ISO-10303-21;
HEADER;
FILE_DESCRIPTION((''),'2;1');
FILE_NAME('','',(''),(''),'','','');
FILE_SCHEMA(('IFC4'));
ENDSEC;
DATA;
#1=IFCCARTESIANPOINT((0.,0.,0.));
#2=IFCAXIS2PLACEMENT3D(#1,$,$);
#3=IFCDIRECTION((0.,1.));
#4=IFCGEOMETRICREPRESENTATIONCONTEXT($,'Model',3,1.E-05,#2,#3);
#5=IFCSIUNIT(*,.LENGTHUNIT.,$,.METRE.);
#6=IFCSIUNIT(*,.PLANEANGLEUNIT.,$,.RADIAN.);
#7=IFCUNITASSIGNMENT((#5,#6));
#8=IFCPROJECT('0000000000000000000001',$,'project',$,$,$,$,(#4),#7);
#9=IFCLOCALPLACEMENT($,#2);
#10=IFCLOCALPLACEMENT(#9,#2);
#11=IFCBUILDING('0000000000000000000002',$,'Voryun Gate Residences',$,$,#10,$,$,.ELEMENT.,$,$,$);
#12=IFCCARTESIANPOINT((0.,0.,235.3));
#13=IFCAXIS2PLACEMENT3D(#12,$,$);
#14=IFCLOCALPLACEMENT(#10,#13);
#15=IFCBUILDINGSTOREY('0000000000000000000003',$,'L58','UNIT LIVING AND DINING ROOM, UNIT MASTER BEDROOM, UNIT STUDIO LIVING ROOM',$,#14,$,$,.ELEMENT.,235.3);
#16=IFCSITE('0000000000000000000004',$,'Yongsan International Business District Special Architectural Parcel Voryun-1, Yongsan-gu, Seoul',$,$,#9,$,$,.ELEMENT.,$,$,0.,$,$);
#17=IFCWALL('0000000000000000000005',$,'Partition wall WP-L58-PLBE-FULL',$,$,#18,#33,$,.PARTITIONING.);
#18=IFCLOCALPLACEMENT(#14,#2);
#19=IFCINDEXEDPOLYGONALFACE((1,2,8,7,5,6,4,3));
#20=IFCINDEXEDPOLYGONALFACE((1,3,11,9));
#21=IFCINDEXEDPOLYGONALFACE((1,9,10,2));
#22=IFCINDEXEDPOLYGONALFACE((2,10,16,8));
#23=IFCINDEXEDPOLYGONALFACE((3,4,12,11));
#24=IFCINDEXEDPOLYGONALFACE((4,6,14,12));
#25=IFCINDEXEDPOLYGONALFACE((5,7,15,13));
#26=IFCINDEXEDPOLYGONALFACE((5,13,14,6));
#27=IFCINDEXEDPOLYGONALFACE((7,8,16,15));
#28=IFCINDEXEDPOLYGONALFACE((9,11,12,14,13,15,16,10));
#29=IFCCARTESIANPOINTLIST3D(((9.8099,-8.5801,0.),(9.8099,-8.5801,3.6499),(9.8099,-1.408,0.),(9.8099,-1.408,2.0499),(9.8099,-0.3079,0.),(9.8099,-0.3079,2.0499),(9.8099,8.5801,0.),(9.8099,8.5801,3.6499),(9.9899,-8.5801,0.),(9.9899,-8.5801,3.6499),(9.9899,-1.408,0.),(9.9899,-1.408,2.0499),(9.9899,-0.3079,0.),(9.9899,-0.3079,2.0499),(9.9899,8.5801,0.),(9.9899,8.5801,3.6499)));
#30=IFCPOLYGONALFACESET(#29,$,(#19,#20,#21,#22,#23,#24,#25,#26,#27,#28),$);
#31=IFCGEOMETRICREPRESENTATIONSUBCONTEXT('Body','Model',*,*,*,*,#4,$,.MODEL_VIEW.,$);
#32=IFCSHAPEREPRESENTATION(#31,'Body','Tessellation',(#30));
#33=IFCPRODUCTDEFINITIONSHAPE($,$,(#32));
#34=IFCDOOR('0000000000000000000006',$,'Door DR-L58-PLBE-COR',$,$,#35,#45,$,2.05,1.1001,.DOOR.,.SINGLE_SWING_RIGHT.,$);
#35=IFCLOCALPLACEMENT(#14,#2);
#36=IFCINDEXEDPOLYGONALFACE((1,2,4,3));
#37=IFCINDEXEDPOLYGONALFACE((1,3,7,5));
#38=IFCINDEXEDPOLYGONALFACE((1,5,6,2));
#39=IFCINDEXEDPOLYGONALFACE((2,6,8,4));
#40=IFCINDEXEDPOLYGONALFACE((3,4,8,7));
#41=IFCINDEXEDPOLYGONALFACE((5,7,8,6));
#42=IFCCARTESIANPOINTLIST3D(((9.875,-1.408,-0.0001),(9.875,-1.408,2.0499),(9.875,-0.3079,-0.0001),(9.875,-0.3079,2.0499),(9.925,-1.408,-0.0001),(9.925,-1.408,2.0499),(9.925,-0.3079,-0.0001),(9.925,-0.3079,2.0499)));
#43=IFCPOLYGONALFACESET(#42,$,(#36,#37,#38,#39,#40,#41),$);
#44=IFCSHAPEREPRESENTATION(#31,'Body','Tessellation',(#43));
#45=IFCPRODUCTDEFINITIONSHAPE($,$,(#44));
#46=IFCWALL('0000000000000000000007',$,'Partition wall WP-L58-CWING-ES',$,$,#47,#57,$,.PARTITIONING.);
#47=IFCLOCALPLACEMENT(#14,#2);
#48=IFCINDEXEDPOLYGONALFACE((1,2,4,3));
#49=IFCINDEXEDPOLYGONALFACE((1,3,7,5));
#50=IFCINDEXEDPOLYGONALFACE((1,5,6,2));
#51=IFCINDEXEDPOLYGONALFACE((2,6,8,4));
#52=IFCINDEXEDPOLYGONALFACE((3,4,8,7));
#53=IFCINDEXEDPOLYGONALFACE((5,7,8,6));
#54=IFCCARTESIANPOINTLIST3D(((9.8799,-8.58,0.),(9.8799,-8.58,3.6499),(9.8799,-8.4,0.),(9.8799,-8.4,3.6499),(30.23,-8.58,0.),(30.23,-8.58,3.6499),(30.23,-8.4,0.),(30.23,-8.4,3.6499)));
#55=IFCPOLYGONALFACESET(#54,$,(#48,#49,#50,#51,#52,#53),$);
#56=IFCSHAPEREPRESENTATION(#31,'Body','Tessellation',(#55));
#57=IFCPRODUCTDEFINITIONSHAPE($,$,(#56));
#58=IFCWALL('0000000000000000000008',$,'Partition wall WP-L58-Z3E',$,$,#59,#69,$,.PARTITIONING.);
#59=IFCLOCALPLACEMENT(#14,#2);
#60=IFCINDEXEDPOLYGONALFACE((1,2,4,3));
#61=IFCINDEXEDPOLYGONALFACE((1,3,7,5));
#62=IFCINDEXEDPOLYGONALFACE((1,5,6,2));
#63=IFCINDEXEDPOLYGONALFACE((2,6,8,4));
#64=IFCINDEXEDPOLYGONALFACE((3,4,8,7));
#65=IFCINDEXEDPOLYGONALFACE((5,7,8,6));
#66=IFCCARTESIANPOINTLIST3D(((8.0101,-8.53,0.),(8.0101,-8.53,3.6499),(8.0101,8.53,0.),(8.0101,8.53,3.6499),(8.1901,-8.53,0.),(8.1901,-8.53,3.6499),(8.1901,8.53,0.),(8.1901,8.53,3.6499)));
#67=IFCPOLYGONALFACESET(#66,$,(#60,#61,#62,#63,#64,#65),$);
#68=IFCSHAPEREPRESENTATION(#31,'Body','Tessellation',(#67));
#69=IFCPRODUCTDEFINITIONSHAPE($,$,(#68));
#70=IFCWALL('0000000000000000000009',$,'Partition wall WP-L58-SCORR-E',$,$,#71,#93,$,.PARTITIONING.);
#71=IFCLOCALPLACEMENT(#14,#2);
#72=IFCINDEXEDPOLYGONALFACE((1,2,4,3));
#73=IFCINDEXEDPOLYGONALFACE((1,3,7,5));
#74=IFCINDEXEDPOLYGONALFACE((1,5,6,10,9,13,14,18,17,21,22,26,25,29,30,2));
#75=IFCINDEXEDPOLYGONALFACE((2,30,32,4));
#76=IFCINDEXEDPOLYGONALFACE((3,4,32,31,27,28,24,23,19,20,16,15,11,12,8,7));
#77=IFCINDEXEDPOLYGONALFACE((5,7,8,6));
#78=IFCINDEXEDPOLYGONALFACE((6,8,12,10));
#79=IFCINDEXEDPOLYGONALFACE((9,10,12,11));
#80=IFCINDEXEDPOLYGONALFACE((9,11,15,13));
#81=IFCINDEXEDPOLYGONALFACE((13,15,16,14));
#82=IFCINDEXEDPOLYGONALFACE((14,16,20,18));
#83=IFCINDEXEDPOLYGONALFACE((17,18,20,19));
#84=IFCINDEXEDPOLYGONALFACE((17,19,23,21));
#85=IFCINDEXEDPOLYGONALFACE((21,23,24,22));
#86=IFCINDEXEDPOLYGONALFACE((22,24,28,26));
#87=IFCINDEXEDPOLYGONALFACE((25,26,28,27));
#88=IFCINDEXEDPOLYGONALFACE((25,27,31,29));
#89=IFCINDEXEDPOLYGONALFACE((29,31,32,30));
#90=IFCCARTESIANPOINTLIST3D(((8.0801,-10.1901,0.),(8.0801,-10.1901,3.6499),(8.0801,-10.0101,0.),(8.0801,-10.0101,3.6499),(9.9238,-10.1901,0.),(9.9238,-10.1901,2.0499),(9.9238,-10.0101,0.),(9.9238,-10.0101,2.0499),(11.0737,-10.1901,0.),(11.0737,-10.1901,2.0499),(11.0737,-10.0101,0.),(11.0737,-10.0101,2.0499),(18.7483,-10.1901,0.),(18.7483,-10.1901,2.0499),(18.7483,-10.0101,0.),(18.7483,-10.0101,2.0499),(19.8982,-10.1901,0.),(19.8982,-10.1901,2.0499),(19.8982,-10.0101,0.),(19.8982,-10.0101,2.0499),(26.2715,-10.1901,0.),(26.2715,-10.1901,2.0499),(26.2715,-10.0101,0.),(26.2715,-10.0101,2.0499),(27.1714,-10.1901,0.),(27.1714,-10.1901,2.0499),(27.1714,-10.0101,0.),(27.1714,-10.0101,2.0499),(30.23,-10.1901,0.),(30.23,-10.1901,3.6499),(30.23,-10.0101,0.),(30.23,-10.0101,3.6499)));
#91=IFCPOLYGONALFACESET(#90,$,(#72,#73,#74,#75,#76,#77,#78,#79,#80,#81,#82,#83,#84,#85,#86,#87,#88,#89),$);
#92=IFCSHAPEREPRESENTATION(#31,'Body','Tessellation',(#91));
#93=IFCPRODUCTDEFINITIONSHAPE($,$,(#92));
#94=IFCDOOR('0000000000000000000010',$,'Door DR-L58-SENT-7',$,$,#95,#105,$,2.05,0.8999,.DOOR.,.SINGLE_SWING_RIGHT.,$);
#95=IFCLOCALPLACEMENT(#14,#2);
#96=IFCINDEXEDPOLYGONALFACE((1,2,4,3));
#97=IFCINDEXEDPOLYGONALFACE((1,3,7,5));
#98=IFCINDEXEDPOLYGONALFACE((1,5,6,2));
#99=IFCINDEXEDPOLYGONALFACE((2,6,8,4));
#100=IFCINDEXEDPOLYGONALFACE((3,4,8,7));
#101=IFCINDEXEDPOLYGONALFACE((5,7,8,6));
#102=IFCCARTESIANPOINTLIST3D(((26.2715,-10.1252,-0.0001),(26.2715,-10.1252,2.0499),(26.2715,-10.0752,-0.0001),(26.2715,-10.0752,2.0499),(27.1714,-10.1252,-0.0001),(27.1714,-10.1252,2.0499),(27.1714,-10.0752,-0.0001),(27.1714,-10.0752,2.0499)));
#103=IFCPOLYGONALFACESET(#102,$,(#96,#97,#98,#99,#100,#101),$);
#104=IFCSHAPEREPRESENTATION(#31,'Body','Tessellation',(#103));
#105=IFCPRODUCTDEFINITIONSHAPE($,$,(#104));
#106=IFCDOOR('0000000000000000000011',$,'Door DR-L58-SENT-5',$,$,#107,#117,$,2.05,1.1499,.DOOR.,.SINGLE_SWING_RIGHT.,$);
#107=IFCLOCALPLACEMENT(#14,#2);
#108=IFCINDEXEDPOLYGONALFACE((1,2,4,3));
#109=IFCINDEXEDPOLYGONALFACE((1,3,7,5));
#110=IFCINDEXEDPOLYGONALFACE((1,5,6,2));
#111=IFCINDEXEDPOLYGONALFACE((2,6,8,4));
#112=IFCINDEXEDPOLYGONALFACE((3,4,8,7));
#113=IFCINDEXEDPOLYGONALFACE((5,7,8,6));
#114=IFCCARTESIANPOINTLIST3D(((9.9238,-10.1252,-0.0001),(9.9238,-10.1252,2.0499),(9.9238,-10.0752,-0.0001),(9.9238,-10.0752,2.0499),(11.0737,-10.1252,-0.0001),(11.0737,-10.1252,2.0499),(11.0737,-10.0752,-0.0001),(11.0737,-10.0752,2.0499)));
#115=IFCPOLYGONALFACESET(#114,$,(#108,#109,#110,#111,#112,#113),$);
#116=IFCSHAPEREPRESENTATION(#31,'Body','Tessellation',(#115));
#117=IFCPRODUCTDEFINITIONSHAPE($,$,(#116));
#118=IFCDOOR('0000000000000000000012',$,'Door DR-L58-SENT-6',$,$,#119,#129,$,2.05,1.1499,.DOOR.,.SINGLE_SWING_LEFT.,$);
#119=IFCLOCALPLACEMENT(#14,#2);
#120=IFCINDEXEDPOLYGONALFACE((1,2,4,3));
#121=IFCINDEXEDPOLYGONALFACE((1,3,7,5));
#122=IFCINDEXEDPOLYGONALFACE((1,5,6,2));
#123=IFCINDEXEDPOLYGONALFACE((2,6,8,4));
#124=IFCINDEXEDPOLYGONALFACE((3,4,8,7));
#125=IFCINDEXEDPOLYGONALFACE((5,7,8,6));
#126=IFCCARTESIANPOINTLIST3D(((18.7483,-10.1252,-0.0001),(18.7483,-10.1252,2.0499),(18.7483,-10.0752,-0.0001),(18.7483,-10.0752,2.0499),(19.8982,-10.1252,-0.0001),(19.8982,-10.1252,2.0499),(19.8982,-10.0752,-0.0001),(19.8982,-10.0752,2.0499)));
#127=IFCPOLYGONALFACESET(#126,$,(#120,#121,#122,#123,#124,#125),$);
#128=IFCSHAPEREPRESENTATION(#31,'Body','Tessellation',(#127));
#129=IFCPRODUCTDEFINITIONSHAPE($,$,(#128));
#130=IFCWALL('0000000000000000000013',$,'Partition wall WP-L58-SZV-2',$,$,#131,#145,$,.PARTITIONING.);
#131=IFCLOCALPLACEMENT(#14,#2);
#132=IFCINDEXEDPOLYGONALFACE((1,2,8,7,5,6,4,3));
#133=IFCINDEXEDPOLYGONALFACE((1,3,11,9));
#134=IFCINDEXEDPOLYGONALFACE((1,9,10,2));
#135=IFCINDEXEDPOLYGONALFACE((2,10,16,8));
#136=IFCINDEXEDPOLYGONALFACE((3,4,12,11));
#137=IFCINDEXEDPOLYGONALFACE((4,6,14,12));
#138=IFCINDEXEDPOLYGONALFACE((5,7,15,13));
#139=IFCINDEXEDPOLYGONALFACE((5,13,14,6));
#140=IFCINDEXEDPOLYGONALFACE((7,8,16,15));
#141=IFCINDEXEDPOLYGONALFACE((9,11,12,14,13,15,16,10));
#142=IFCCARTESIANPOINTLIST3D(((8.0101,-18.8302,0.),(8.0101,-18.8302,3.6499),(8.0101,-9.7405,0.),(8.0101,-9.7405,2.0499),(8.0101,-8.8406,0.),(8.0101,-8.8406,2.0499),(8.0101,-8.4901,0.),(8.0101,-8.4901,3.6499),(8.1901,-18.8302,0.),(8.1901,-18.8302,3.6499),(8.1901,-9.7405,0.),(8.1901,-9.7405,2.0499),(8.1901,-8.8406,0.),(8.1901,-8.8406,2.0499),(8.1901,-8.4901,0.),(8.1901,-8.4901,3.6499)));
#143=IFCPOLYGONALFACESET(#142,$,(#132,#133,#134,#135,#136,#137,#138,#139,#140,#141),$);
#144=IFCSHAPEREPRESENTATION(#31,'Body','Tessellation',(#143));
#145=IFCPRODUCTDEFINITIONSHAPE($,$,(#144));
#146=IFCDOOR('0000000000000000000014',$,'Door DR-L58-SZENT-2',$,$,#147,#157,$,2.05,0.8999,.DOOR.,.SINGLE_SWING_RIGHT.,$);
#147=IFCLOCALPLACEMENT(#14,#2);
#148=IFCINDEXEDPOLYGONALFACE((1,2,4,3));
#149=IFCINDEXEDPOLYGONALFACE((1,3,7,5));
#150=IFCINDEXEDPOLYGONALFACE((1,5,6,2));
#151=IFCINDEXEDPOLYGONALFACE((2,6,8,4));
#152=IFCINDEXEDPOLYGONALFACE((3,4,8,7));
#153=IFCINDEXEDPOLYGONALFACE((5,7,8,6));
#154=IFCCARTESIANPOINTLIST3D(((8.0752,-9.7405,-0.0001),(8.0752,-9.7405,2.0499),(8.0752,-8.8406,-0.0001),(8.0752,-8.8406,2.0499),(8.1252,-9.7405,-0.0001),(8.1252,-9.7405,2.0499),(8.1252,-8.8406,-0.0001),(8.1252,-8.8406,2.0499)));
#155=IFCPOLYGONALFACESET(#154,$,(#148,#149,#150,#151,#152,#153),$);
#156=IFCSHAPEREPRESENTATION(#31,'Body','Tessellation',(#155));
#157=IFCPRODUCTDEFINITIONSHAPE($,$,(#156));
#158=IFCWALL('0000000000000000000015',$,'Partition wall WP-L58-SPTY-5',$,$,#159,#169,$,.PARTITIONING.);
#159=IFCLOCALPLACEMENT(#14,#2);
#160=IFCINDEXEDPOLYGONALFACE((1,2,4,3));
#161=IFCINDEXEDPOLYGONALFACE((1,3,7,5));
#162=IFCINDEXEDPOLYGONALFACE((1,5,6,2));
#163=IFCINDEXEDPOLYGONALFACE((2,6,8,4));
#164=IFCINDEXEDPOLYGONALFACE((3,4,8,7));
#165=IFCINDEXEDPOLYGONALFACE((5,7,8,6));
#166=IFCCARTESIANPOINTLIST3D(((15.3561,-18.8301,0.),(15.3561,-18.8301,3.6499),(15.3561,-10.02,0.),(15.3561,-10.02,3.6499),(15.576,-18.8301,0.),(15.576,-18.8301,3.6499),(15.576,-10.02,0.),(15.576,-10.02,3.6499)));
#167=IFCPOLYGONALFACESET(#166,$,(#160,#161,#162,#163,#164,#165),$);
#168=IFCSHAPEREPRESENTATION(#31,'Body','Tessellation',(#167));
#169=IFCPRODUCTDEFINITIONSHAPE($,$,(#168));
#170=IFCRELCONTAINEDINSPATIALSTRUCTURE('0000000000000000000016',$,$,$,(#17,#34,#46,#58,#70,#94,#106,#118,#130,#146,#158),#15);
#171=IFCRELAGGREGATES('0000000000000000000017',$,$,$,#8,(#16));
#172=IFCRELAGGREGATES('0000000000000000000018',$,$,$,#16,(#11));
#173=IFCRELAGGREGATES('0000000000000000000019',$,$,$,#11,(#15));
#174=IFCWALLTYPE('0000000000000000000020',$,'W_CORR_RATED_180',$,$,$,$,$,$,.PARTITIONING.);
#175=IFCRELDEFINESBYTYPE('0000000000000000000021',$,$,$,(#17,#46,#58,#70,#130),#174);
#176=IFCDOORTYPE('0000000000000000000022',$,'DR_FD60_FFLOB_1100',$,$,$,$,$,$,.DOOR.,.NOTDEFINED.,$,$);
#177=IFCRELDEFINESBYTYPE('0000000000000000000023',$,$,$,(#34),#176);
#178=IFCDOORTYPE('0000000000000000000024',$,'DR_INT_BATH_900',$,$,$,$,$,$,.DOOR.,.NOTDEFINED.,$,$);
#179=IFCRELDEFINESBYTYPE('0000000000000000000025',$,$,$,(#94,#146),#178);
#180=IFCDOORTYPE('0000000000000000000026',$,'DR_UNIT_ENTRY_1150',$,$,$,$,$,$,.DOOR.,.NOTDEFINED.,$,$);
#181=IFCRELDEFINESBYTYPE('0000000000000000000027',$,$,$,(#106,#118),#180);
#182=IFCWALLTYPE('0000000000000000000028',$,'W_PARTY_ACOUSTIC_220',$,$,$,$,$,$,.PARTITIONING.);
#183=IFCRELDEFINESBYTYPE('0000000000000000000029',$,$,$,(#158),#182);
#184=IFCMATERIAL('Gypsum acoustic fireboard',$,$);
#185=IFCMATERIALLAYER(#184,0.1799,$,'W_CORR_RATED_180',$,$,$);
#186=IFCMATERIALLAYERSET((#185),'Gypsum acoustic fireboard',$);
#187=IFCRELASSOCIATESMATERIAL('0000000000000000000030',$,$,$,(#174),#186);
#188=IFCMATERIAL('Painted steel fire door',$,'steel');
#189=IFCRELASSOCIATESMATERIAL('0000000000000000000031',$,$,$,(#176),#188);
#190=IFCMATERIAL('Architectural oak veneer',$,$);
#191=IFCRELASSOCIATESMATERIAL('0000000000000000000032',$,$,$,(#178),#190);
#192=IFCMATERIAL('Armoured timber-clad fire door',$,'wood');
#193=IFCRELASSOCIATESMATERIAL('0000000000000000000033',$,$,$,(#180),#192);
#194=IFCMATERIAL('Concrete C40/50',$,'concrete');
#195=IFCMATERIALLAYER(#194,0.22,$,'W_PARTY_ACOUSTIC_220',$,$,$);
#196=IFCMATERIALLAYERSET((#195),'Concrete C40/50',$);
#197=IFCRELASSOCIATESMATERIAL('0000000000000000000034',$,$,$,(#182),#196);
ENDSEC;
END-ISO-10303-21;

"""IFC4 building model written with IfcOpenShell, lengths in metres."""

from ifc_helpers import new_model, si_unit, direction, frame, frame_2d, origin, place, context, subcontext, project, spatial, rectangle, extrude, material, layer, layer_set, type_object, element, fill, save


model = new_model("IFC4")

# Units and contexts
model_context = context("Model", 3, precision=1e-05, world=origin(), true_north=direction((0.0, 1.0)))
body_context = subcontext(model_context, "Body", "Model", "MODEL_VIEW")
ifc_project = project(units=[si_unit("LENGTHUNIT", "METRE"), si_unit("PLANEANGLEUNIT", "RADIAN")], contexts=[model_context])

# Site, building, storey
site_placement = place(None, origin())
site = spatial("IfcSite", under=ifc_project, at=site_placement, Name="Yongsan International Business District Special Architectural Parcel Voryun-1, Yongsan-gu, Seoul", CompositionType="ELEMENT", RefElevation=0.0)
building_placement = place(site_placement, origin())
building = spatial("IfcBuilding", under=site, at=building_placement, Name="Voryun Gate Residences", CompositionType="ELEMENT")
storey_placement = place(building_placement, frame((0.0, 0.0, 235.3)))
storey = spatial("IfcBuildingStorey", under=building, at=storey_placement, Name="L58", Description="UNIT LIVING AND DINING ROOM, UNIT MASTER BEDROOM, UNIT STUDIO LIVING ROOM", CompositionType="ELEMENT", Elevation=235.3)

# Wall, opening, door
ifc_material_1 = material(Name="Gypsum acoustic fireboard")
ifc_layer_1 = layer(ifc_material_1, 0.1799, Name="W_CORR_RATED_180")
ifc_layer_set_1 = layer_set([ifc_layer_1], Name="Gypsum acoustic fireboard")
wall_type_1 = type_object("IfcWallType", Name="W_CORR_RATED_180", PredefinedType="PARTITIONING", material=ifc_layer_set_1)
wall_1_placement = place(storey_placement, frame((9.8999, -8.5801, 0.0), z_axis=(0.0, 0.0, 1.0), x_axis=(0.0, 1.0, 0.0)))
wall_1 = element("IfcWall", 1, at=wall_1_placement, inside=storey, type_object=wall_type_1, Name="Partition wall WP-L58-PLBE-FULL", PredefinedType="PARTITIONING", context=body_context, shape_type="SweptSolid", body=[
    extrude(rectangle(XDim=17.1602, YDim=0.1799, at=frame_2d((8.5801, 0.0))), origin(), (0.0, 0.0, 1.0), 3.6499),
])
opening_1_placement = place(wall_1_placement, frame((7.1721, 0.0, 0.0)))
opening_1 = element("IfcOpeningElement", 2, at=opening_1_placement, cuts=wall_1, PredefinedType="OPENING", context=body_context, shape_type="SweptSolid", body=[
    extrude(rectangle(XDim=1.1001, YDim=2.05, at=frame_2d((0.55, 1.0249))), frame((0.0, 0.0999, 0.0), z_axis=(0.0, -1.0, 0.0), x_axis=(1.0, 0.0, 0.0)), (0.0, 0.0, 1.0), 0.2),
])
ifc_material_2 = material(Name="Painted steel fire door", Category="steel")
door_type_1 = type_object("IfcDoorType", Name="DR_FD60_FFLOB_1100", OperationType="NOTDEFINED", PredefinedType="DOOR", material=ifc_material_2)
door_1_placement = place(opening_1_placement, origin())
door_1 = element("IfcDoor", 3, at=door_1_placement, inside=storey, type_object=door_type_1, Name="Door DR-L58-PLBE-COR", OperationType="SINGLE_SWING_RIGHT", OverallHeight=2.05, OverallWidth=1.1001, PredefinedType="DOOR", context=body_context, shape_type="SweptSolid", body=[
    extrude(rectangle(XDim=1.1001, YDim=2.05, at=frame_2d((0.55, 1.0249))), frame((0.0, 0.0249, 0.0), z_axis=(0.0, -1.0, 0.0), x_axis=(1.0, 0.0, 0.0)), (0.0, 0.0, 1.0), 0.05),
])
fill(opening_1, door_1)

# Walls
wall_2_placement = place(storey_placement, frame((9.8799, -8.49, 0.0), z_axis=(0.0, 0.0, 1.0), x_axis=(1.0, 0.0, 0.0)))
element("IfcWall", 4, at=wall_2_placement, inside=storey, type_object=wall_type_1, Name="Partition wall WP-L58-CWING-ES", PredefinedType="PARTITIONING", context=body_context, shape_type="SweptSolid", body=[
    extrude(rectangle(XDim=20.3501, YDim=0.1799, at=frame_2d((10.175, 0.0))), origin(), (0.0, 0.0, 1.0), 3.6499),
])
wall_3_placement = place(storey_placement, frame((8.1001, -8.53, 0.0), z_axis=(0.0, 0.0, 1.0), x_axis=(0.0, 1.0, 0.0)))
element("IfcWall", 5, at=wall_3_placement, inside=storey, type_object=wall_type_1, Name="Partition wall WP-L58-Z3E", PredefinedType="PARTITIONING", context=body_context, shape_type="SweptSolid", body=[
    extrude(rectangle(XDim=17.0601, YDim=0.1799, at=frame_2d((8.53, 0.0))), origin(), (0.0, 0.0, 1.0), 3.6499),
])

# Wall, openings, doors
wall_4_placement = place(storey_placement, frame((8.0801, -10.1001, 0.0), z_axis=(0.0, 0.0, 1.0), x_axis=(1.0, 0.0, 0.0)))
wall_4 = element("IfcWall", 6, at=wall_4_placement, inside=storey, type_object=wall_type_1, Name="Partition wall WP-L58-SCORR-E", PredefinedType="PARTITIONING", context=body_context, shape_type="SweptSolid", body=[
    extrude(rectangle(XDim=22.1499, YDim=0.1799, at=frame_2d((11.075, 0.0))), origin(), (0.0, 0.0, 1.0), 3.6499),
])
opening_2_placement = place(wall_4_placement, frame((1.8438, 0.0, 0.0)))
opening_2 = element("IfcOpeningElement", 7, at=opening_2_placement, cuts=wall_4, PredefinedType="OPENING", context=body_context, shape_type="SweptSolid", body=[
    extrude(rectangle(XDim=1.1499, YDim=2.05, at=frame_2d((0.575, 1.0249))), frame((0.0, 0.0999, 0.0), z_axis=(0.0, -1.0, 0.0), x_axis=(1.0, 0.0, 0.0)), (0.0, 0.0, 1.0), 0.2),
])
opening_3_placement = place(wall_4_placement, frame((10.6682, 0.0, 0.0)))
opening_3 = element("IfcOpeningElement", 8, at=opening_3_placement, cuts=wall_4, PredefinedType="OPENING", context=body_context, shape_type="SweptSolid", body=[
    extrude(rectangle(XDim=1.1499, YDim=2.05, at=frame_2d((0.575, 1.0249))), frame((0.0, 0.0999, 0.0), z_axis=(0.0, -1.0, 0.0), x_axis=(1.0, 0.0, 0.0)), (0.0, 0.0, 1.0), 0.2),
])
opening_4_placement = place(wall_4_placement, frame((18.1914, 0.0, 0.0)))
opening_4 = element("IfcOpeningElement", 9, at=opening_4_placement, cuts=wall_4, PredefinedType="OPENING", context=body_context, shape_type="SweptSolid", body=[
    extrude(rectangle(XDim=0.8999, YDim=2.05, at=frame_2d((0.45, 1.0249))), frame((0.0, 0.0999, 0.0), z_axis=(0.0, -1.0, 0.0), x_axis=(1.0, 0.0, 0.0)), (0.0, 0.0, 1.0), 0.2),
])
ifc_material_3 = material(Name="Architectural oak veneer")
door_type_2 = type_object("IfcDoorType", Name="DR_INT_BATH_900", OperationType="NOTDEFINED", PredefinedType="DOOR", material=ifc_material_3)
door_2_placement = place(opening_4_placement, origin())
door_2 = element("IfcDoor", 10, at=door_2_placement, inside=storey, type_object=door_type_2, Name="Door DR-L58-SENT-7", OperationType="SINGLE_SWING_RIGHT", OverallHeight=2.05, OverallWidth=0.8999, PredefinedType="DOOR", context=body_context, shape_type="SweptSolid", body=[
    extrude(rectangle(XDim=0.8999, YDim=2.05, at=frame_2d((0.45, 1.0249))), frame((0.0, 0.0249, 0.0), z_axis=(0.0, -1.0, 0.0), x_axis=(1.0, 0.0, 0.0)), (0.0, 0.0, 1.0), 0.05),
])
fill(opening_4, door_2)
ifc_material_4 = material(Name="Armoured timber-clad fire door", Category="wood")
door_type_3 = type_object("IfcDoorType", Name="DR_UNIT_ENTRY_1150", OperationType="NOTDEFINED", PredefinedType="DOOR", material=ifc_material_4)
door_3_placement = place(opening_2_placement, origin())
door_3 = element("IfcDoor", 11, at=door_3_placement, inside=storey, type_object=door_type_3, Name="Door DR-L58-SENT-5", OperationType="SINGLE_SWING_RIGHT", OverallHeight=2.05, OverallWidth=1.1499, PredefinedType="DOOR", context=body_context, shape_type="SweptSolid", body=[
    extrude(rectangle(XDim=1.1499, YDim=2.05, at=frame_2d((0.575, 1.0249))), frame((0.0, 0.0249, 0.0), z_axis=(0.0, -1.0, 0.0), x_axis=(1.0, 0.0, 0.0)), (0.0, 0.0, 1.0), 0.05),
])
fill(opening_2, door_3)
door_4_placement = place(opening_3_placement, origin())
door_4 = element("IfcDoor", 12, at=door_4_placement, inside=storey, type_object=door_type_3, Name="Door DR-L58-SENT-6", OperationType="SINGLE_SWING_LEFT", OverallHeight=2.05, OverallWidth=1.1499, PredefinedType="DOOR", context=body_context, shape_type="SweptSolid", body=[
    extrude(rectangle(XDim=1.1499, YDim=2.05, at=frame_2d((0.575, 1.0249))), frame((0.0, 0.0249, 0.0), z_axis=(0.0, -1.0, 0.0), x_axis=(1.0, 0.0, 0.0)), (0.0, 0.0, 1.0), 0.05),
])
fill(opening_3, door_4)

# Wall, opening, door
wall_5_placement = place(storey_placement, frame((8.1001, -18.8301, 0.0), z_axis=(0.0, 0.0, 1.0), x_axis=(0.0, 1.0, 0.0)))
wall_5 = element("IfcWall", 13, at=wall_5_placement, inside=storey, type_object=wall_type_1, Name="Partition wall WP-L58-SZV-2", PredefinedType="PARTITIONING", context=body_context, shape_type="SweptSolid", body=[
    extrude(rectangle(XDim=10.3401, YDim=0.1799, at=frame_2d((5.1699, 0.0))), origin(), (0.0, 0.0, 1.0), 3.6499),
])
opening_5_placement = place(wall_5_placement, frame((9.0896, 0.0, 0.0)))
opening_5 = element("IfcOpeningElement", 14, at=opening_5_placement, cuts=wall_5, PredefinedType="OPENING", context=body_context, shape_type="SweptSolid", body=[
    extrude(rectangle(XDim=0.8999, YDim=2.05, at=frame_2d((0.45, 1.0249))), frame((0.0, 0.0999, 0.0), z_axis=(0.0, -1.0, 0.0), x_axis=(1.0, 0.0, 0.0)), (0.0, 0.0, 1.0), 0.2),
])
door_5_placement = place(opening_5_placement, origin())
door_5 = element("IfcDoor", 15, at=door_5_placement, inside=storey, type_object=door_type_2, Name="Door DR-L58-SZENT-2", OperationType="SINGLE_SWING_RIGHT", OverallHeight=2.05, OverallWidth=0.8999, PredefinedType="DOOR", context=body_context, shape_type="SweptSolid", body=[
    extrude(rectangle(XDim=0.8999, YDim=2.05, at=frame_2d((0.45, 1.0249))), frame((0.0, 0.0249, 0.0), z_axis=(0.0, -1.0, 0.0), x_axis=(1.0, 0.0, 0.0)), (0.0, 0.0, 1.0), 0.05),
])
fill(opening_5, door_5)

# Wall
ifc_material_5 = material(Name="Concrete C40/50", Category="concrete")
ifc_layer_2 = layer(ifc_material_5, 0.22, Name="W_PARTY_ACOUSTIC_220")
ifc_layer_set_2 = layer_set([ifc_layer_2], Name="Concrete C40/50")
wall_type_2 = type_object("IfcWallType", Name="W_PARTY_ACOUSTIC_220", PredefinedType="PARTITIONING", material=ifc_layer_set_2)
wall_6_placement = place(storey_placement, frame((15.4661, -18.8301, 0.0), z_axis=(0.0, 0.0, 1.0), x_axis=(0.0, 1.0, 0.0)))
element("IfcWall", 16, at=wall_6_placement, inside=storey, type_object=wall_type_2, Name="Partition wall WP-L58-SPTY-5", PredefinedType="PARTITIONING", context=body_context, shape_type="SweptSolid", body=[
    extrude(rectangle(XDim=8.8101, YDim=0.22, at=frame_2d((4.405, 0.0))), origin(), (0.0, 0.0, 1.0), 3.6499),
])

save(model, "model.ifc")
